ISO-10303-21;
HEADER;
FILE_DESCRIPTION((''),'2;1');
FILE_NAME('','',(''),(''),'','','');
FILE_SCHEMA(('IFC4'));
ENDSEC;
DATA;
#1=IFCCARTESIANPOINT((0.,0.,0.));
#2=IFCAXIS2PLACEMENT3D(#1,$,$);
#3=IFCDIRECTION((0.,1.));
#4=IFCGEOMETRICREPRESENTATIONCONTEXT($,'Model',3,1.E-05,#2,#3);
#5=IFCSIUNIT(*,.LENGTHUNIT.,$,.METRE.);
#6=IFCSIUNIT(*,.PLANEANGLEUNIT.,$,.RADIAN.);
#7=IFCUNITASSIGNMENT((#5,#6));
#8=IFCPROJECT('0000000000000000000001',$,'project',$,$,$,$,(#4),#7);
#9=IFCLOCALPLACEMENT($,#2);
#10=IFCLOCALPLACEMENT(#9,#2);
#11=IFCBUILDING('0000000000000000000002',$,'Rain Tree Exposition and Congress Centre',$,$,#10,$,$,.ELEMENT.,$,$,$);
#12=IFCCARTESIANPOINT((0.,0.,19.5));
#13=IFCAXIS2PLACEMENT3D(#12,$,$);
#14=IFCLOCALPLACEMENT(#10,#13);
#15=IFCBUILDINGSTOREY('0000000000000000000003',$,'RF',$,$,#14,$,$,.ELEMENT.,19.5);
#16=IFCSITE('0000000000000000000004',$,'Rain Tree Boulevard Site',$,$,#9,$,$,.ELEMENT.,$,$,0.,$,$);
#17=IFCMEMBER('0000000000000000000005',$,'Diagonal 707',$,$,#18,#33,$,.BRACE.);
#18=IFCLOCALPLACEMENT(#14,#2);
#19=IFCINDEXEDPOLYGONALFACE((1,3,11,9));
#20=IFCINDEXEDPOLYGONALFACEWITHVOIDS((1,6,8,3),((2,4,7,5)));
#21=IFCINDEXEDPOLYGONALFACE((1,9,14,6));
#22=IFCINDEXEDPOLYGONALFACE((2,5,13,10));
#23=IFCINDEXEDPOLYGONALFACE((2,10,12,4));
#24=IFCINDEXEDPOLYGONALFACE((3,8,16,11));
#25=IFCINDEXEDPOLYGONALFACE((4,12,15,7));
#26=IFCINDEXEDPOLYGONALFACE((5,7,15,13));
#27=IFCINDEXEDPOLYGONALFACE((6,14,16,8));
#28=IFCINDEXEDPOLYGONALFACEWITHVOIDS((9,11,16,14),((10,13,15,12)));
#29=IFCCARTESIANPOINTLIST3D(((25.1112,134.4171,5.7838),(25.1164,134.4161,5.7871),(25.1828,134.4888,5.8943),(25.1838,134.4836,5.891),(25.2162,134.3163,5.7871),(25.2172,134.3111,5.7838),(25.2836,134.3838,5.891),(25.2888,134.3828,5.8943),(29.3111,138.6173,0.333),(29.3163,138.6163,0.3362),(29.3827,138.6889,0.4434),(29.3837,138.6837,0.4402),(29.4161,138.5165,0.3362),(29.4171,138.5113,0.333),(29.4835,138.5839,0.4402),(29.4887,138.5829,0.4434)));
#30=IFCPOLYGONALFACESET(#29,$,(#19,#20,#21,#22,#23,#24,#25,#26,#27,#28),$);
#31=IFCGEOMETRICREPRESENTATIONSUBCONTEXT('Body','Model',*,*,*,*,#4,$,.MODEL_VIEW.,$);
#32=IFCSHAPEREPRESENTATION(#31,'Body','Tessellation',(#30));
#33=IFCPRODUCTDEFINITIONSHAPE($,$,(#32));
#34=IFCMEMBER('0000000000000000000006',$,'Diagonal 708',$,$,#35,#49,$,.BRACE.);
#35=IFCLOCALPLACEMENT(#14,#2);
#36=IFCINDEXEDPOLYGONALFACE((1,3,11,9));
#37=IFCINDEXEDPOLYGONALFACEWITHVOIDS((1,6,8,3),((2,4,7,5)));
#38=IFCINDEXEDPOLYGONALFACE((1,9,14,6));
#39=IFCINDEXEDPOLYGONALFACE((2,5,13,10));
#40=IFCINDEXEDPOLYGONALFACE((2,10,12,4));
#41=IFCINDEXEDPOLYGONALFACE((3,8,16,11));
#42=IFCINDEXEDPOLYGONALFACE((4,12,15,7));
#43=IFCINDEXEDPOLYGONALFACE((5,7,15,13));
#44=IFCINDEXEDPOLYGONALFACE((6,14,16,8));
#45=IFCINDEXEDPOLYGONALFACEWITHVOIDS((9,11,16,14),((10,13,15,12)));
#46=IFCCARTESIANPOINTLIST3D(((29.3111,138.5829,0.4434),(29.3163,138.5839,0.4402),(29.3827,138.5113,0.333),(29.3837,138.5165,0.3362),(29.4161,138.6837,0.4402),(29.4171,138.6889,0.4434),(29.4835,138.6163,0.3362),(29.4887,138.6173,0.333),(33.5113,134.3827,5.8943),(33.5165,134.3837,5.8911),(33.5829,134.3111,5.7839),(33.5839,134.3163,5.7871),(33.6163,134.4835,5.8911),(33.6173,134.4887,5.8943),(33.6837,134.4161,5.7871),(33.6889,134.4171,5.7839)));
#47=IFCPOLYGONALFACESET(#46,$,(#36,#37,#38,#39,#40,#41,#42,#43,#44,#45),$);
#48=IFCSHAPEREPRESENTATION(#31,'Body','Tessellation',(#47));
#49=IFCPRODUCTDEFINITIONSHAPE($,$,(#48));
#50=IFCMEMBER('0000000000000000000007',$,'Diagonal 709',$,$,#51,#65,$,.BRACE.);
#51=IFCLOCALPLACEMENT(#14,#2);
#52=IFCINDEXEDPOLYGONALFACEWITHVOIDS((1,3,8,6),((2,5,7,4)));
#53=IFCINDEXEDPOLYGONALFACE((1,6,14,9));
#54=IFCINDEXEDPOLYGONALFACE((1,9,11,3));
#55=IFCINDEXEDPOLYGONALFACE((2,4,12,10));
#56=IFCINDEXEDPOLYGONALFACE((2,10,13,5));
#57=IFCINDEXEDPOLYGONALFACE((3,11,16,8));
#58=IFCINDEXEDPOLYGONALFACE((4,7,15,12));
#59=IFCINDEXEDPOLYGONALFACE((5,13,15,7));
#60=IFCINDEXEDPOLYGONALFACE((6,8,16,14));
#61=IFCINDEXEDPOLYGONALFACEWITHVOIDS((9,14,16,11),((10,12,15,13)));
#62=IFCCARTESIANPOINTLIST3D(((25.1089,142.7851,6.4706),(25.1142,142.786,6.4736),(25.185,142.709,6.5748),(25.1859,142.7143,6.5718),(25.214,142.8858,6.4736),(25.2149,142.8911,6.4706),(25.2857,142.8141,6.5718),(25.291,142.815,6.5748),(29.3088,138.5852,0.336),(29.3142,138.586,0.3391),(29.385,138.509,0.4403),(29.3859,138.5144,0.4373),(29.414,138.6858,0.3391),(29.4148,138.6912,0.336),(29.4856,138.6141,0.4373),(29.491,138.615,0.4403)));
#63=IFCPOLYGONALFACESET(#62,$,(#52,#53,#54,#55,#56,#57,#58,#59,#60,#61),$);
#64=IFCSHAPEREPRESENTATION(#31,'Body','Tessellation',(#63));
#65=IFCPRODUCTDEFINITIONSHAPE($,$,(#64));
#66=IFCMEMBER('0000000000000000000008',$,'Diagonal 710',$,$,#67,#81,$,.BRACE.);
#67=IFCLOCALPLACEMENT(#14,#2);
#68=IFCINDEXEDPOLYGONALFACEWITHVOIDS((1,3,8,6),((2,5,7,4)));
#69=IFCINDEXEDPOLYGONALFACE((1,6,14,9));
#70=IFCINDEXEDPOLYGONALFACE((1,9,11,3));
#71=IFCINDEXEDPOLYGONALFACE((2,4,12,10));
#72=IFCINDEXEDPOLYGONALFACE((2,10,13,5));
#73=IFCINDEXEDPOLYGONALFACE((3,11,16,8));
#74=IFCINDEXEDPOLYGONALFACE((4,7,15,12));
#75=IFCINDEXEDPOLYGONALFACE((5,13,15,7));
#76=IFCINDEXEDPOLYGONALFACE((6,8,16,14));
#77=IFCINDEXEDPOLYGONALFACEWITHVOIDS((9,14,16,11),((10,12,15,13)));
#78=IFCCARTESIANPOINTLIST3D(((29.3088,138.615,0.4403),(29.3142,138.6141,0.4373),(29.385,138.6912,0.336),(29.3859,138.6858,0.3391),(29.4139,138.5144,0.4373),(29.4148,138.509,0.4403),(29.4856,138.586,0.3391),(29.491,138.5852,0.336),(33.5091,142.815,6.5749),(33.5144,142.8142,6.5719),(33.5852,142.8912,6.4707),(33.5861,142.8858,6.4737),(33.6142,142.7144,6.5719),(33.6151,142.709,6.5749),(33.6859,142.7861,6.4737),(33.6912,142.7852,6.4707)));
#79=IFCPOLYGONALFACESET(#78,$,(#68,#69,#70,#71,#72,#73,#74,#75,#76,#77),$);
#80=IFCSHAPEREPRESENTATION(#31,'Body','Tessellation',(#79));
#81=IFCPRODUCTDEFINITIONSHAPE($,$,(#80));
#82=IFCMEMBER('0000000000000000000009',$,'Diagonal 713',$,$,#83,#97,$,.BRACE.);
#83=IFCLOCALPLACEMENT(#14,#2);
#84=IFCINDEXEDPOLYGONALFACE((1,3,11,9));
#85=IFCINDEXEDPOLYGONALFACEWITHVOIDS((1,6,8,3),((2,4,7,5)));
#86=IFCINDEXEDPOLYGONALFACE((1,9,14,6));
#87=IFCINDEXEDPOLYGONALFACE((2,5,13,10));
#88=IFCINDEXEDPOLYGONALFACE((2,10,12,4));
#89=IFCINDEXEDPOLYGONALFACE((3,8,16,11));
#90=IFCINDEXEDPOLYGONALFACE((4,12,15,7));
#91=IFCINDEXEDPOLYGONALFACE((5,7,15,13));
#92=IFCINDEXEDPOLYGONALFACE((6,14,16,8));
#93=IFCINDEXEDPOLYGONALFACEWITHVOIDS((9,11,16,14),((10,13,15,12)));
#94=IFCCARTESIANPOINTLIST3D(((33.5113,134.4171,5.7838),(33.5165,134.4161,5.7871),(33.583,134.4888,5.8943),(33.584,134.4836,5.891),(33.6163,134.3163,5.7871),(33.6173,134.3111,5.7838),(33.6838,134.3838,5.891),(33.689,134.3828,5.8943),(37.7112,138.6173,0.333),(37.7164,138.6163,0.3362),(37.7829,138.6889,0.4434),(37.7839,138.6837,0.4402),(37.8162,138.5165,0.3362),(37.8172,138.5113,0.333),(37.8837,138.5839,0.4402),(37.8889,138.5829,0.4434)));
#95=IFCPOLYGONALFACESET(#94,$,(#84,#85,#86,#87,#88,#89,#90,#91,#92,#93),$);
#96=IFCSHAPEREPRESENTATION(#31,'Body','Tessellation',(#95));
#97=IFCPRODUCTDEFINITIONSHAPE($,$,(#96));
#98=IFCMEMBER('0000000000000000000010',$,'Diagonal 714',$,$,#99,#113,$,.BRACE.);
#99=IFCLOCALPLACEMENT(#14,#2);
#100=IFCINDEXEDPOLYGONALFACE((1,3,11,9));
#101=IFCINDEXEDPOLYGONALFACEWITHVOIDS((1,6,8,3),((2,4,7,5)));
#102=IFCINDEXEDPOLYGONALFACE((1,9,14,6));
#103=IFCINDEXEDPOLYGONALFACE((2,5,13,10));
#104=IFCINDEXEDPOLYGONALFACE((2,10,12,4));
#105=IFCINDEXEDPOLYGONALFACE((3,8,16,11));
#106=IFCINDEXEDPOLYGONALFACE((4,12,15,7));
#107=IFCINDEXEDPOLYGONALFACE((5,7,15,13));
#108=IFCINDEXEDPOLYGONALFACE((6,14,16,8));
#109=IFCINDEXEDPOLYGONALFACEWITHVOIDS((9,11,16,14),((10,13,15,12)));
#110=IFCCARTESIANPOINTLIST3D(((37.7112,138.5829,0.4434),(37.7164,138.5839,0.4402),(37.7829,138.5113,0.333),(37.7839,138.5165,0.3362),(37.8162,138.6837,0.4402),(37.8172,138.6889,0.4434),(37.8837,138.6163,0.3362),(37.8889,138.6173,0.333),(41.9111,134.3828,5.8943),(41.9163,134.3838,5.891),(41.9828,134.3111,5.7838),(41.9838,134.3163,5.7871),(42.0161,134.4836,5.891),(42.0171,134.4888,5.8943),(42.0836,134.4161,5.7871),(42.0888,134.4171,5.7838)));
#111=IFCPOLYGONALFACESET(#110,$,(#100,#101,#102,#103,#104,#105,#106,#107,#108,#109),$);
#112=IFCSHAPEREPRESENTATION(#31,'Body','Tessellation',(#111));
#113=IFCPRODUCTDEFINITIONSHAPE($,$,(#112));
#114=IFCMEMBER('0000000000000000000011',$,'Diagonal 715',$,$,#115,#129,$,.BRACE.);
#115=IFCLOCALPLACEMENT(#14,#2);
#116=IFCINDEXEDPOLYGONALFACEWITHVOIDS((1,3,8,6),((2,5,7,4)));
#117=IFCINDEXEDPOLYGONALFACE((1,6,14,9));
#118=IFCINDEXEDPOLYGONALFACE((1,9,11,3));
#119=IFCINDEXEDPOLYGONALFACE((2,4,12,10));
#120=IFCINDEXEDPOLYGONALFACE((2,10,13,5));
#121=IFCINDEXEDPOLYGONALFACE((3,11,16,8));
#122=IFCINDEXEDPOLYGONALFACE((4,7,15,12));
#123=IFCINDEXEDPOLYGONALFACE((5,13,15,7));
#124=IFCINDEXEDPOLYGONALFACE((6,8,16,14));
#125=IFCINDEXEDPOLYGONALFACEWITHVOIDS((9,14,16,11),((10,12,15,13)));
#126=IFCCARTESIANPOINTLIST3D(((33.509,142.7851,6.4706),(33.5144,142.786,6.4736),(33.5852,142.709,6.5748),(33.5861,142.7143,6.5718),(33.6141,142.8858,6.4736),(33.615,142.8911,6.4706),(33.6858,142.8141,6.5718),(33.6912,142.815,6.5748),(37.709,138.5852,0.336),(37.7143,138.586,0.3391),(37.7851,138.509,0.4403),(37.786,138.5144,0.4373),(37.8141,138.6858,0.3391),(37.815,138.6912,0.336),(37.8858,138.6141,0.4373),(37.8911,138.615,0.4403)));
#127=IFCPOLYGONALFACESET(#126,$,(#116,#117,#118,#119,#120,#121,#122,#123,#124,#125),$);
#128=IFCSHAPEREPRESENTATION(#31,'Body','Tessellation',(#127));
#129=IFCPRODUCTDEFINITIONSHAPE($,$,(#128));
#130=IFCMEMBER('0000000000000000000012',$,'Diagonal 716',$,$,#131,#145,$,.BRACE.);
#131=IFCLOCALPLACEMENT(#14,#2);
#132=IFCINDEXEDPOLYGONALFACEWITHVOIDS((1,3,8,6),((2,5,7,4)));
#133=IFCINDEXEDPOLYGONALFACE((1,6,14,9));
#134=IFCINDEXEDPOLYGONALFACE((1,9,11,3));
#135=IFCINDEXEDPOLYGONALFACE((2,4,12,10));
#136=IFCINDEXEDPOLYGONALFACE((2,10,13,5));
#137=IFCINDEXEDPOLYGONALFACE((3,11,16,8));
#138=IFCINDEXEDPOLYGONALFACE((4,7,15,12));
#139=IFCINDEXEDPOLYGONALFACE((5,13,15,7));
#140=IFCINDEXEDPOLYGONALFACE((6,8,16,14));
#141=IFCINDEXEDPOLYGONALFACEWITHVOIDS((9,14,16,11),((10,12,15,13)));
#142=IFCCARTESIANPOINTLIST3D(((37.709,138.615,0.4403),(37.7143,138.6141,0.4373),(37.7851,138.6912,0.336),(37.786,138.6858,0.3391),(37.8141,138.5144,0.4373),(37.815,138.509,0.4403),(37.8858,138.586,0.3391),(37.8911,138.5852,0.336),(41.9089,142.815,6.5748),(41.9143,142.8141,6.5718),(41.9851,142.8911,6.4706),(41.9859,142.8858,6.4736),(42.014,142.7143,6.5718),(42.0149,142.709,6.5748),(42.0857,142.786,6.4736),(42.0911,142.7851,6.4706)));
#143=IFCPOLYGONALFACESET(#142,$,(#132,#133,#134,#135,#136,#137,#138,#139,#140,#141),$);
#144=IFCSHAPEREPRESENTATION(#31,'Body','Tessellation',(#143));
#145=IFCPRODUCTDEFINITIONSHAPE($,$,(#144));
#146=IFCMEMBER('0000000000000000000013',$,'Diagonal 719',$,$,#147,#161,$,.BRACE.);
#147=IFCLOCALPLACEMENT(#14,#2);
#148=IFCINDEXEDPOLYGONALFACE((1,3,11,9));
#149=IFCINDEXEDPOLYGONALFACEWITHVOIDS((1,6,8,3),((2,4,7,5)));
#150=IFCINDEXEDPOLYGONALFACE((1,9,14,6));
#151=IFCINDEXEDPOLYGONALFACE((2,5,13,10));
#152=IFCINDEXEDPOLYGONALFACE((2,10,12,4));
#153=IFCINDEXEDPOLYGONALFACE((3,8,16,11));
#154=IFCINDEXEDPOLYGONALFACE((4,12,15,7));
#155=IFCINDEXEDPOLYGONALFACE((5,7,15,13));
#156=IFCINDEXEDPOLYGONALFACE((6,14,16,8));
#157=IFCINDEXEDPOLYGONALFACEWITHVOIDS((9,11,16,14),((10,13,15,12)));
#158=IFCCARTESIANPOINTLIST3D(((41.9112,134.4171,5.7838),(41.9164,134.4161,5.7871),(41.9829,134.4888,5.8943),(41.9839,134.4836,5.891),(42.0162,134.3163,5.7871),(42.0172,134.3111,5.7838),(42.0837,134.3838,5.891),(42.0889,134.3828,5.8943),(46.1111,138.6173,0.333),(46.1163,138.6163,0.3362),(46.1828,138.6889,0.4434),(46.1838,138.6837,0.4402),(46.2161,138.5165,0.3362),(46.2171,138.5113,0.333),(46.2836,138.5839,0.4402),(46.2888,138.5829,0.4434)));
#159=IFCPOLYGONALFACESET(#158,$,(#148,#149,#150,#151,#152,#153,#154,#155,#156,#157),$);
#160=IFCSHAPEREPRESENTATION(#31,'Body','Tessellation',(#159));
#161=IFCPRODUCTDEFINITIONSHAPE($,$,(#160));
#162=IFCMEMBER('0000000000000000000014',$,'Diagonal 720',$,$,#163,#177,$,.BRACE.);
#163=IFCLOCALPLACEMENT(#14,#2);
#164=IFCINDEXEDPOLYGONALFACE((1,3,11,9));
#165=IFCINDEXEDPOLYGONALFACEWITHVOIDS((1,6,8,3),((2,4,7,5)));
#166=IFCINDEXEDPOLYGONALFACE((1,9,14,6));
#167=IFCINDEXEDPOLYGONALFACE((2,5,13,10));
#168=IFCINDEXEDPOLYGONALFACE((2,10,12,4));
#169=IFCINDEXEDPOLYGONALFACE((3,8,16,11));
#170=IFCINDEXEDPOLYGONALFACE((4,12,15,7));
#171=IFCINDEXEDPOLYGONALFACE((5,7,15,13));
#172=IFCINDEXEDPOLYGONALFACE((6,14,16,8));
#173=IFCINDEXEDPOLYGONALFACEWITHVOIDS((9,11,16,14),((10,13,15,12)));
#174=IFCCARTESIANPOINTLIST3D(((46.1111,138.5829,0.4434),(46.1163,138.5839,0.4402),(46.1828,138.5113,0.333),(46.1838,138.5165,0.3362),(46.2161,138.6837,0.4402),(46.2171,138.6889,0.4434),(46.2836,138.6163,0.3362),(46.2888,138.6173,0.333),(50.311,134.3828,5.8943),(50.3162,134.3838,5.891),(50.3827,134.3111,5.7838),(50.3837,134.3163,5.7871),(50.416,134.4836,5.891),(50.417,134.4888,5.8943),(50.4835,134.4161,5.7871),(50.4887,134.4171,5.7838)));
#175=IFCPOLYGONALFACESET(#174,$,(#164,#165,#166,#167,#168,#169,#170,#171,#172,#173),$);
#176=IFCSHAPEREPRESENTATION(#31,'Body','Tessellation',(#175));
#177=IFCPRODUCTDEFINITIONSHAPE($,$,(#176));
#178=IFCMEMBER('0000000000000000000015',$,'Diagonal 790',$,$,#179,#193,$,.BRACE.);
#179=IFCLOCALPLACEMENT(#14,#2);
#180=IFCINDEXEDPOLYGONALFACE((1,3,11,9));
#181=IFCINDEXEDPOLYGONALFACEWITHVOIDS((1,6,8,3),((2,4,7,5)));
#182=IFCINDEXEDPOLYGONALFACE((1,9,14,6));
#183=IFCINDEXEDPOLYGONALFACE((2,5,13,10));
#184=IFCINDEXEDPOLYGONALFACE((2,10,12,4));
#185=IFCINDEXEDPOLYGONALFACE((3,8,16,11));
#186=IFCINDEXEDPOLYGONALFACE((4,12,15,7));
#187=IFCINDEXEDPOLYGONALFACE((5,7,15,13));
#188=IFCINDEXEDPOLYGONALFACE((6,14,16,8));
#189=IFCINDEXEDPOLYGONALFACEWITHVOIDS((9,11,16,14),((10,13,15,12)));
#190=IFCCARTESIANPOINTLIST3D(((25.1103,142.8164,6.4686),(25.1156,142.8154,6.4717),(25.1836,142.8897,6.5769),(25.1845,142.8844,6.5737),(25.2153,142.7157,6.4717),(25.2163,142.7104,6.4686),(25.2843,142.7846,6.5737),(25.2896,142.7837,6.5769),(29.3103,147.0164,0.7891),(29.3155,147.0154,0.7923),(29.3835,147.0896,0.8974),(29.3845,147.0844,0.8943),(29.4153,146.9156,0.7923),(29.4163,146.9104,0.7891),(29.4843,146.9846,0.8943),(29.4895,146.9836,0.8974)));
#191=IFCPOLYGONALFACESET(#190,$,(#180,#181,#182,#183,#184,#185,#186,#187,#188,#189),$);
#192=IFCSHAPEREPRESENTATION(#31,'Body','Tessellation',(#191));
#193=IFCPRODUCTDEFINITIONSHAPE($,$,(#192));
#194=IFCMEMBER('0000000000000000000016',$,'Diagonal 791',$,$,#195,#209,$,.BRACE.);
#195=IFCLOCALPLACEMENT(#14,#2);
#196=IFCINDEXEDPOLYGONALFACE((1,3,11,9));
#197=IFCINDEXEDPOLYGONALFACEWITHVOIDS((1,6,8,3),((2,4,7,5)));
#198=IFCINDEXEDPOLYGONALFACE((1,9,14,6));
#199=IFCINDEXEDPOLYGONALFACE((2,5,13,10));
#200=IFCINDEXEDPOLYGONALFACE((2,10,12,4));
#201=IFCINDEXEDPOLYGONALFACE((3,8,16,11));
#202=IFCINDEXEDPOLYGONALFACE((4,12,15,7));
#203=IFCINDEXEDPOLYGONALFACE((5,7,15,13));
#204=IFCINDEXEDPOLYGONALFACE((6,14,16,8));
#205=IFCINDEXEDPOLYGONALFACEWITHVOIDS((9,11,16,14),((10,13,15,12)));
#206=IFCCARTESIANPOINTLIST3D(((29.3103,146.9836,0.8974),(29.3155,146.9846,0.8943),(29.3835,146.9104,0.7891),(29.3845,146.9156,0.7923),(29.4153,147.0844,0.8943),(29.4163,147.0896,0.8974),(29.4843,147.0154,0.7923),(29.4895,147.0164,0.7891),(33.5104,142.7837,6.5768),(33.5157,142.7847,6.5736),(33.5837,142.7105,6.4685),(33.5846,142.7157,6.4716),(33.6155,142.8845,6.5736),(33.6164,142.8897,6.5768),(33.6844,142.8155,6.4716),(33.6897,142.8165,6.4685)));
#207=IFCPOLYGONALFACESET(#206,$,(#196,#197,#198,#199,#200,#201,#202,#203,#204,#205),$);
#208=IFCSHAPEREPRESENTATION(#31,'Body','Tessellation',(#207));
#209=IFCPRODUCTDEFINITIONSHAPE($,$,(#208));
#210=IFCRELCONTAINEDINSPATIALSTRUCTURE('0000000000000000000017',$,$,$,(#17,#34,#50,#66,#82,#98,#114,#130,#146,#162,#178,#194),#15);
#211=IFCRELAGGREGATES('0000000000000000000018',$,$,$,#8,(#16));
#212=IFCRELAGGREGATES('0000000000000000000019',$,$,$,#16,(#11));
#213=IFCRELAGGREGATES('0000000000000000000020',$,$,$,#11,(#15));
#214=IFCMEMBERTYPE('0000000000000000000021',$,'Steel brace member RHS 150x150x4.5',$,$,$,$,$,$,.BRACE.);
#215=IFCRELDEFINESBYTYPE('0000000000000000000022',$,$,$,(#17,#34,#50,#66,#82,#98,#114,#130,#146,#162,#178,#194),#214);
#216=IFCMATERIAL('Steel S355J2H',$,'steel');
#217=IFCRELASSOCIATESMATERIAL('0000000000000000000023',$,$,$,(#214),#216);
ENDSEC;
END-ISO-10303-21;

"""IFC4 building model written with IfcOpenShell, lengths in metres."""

from ifc_helpers import new_model, si_unit, direction, frame, origin, origin_2d, place, context, subcontext, project, spatial, hollow_rectangle, extrude, material, material_profile, profile_set, type_object, element, save


model = new_model("IFC4")

# Units and contexts
model_context = context("Model", 3, precision=1e-05, world=origin(), true_north=direction((0.0, 1.0)))
body_context = subcontext(model_context, "Body", "Model", "MODEL_VIEW")
ifc_project = project(units=[si_unit("LENGTHUNIT", "METRE"), si_unit("PLANEANGLEUNIT", "RADIAN")], contexts=[model_context])

# Site, building, storey
site_placement = place(None, origin())
site = spatial("IfcSite", under=ifc_project, at=site_placement, Name="Rain Tree Boulevard Site", CompositionType="ELEMENT", RefElevation=0.0)
building_placement = place(site_placement, origin())
building = spatial("IfcBuilding", under=site, at=building_placement, Name="Rain Tree Exposition and Congress Centre", CompositionType="ELEMENT")
storey_placement = place(building_placement, frame((0.0, 0.0, 19.5)))
storey = spatial("IfcBuildingStorey", under=building, at=storey_placement, Name="RF", CompositionType="ELEMENT", Elevation=19.5)

# Members
ifc_material_1 = material(Name="Steel S355J2H", Category="steel")
ifc_material_profile_1 = material_profile(ifc_material_1, hollow_rectangle(XDim=0.1499, YDim=0.1499, WallThickness=0.0044, at=origin_2d()), Name="RHS 150x150x4.5")
ifc_profile_set_1 = profile_set([ifc_material_profile_1], Name="Steel S355J2H")
member_type_1 = type_object("IfcMemberType", Name="Steel brace member RHS 150x150x4.5", PredefinedType="BRACE", material=ifc_profile_set_1)
member_1_placement = place(storey_placement, frame((29.3999, 138.6001, 0.3882), z_axis=(-0.520965, -0.520995, 0.676136), x_axis=(0.707127, -0.707086, 0.0)))
element("IfcMember", 1, at=member_1_placement, inside=storey, type_object=member_type_1, Name="Diagonal 707", PredefinedType="BRACE", context=body_context, shape_type="SweptSolid", body=[
    extrude(hollow_rectangle(XDim=0.1499, YDim=0.1499, WallThickness=0.0044, at=origin_2d()), origin(), (0.0, 0.0, 1.0), 8.0618),
])
member_2_placement = place(storey_placement, frame((29.3999, 138.6001, 0.3882), z_axis=(0.520987, -0.520987, 0.676126), x_axis=(0.707107, 0.707107, 0.0)))
element("IfcMember", 2, at=member_2_placement, inside=storey, type_object=member_type_1, Name="Diagonal 708", PredefinedType="BRACE", context=body_context, shape_type="SweptSolid", body=[
    extrude(hollow_rectangle(XDim=0.1499, YDim=0.1499, WallThickness=0.0044, at=origin_2d()), origin(), (0.0, 0.0, 1.0), 8.062),
])
member_3_placement = place(storey_placement, frame((29.3999, 138.6001, 0.3882), z_axis=(-0.491865, 0.491865, 0.718427), x_axis=(-0.707107, -0.707107, 0.0)))
element("IfcMember", 3, at=member_3_placement, inside=storey, type_object=member_type_1, Name="Diagonal 709", PredefinedType="BRACE", context=body_context, shape_type="SweptSolid", body=[
    extrude(hollow_rectangle(XDim=0.1499, YDim=0.1499, WallThickness=0.0044, at=origin_2d()), origin(), (0.0, 0.0, 1.0), 8.5388),
])
member_4_placement = place(storey_placement, frame((29.3999, 138.6001, 0.3882), z_axis=(0.491887, 0.491858, 0.718417), x_axis=(-0.707086, 0.707127, 0.0)))
element("IfcMember", 4, at=member_4_placement, inside=storey, type_object=member_type_1, Name="Diagonal 710", PredefinedType="BRACE", context=body_context, shape_type="SweptSolid", body=[
    extrude(hollow_rectangle(XDim=0.1499, YDim=0.1499, WallThickness=0.0044, at=origin_2d()), origin(), (0.0, 0.0, 1.0), 8.5391),
])
for number, where, z_axis, x_axis, name in (
    (5, (37.8, 138.6001, 0.3882), (-0.520965, -0.520995, 0.676136), (0.707127, -0.707086, 0.0), "Diagonal 713"),
    (6, (37.8, 138.6001, 0.3882), (0.520965, -0.520995, 0.676136), (0.707127, 0.707086, 0.0), "Diagonal 714"),
):
    element("IfcMember", number, at=place(storey_placement, frame(where, z_axis=z_axis, x_axis=x_axis)), inside=storey, type_object=member_type_1, Name=name, PredefinedType="BRACE", context=body_context, shape_type="SweptSolid", body=[
        extrude(hollow_rectangle(XDim=0.1499, YDim=0.1499, WallThickness=0.0044, at=origin_2d()), origin(), (0.0, 0.0, 1.0), 8.0618),
    ])
for number, where, z_axis, x_axis, name in (
    (7, (37.8, 138.6001, 0.3882), (-0.491865, 0.491865, 0.718427), (-0.707107, -0.707107, 0.0), "Diagonal 715"),
    (8, (37.8, 138.6001, 0.3882), (0.491865, 0.491865, 0.718427), (-0.707107, 0.707107, 0.0), "Diagonal 716"),
):
    element("IfcMember", number, at=place(storey_placement, frame(where, z_axis=z_axis, x_axis=x_axis)), inside=storey, type_object=member_type_1, Name=name, PredefinedType="BRACE", context=body_context, shape_type="SweptSolid", body=[
        extrude(hollow_rectangle(XDim=0.1499, YDim=0.1499, WallThickness=0.0044, at=origin_2d()), origin(), (0.0, 0.0, 1.0), 8.5388),
    ])
for number, where, z_axis, x_axis, name in (
    (9, (46.2, 138.6001, 0.3882), (-0.520965, -0.520995, 0.676136), (0.707127, -0.707086, 0.0), "Diagonal 719"),
    (10, (46.2, 138.6001, 0.3882), (0.520965, -0.520995, 0.676136), (0.707127, 0.707086, 0.0), "Diagonal 720"),
):
    element("IfcMember", number, at=place(storey_placement, frame(where, z_axis=z_axis, x_axis=x_axis)), inside=storey, type_object=member_type_1, Name=name, PredefinedType="BRACE", context=body_context, shape_type="SweptSolid", body=[
        extrude(hollow_rectangle(XDim=0.1499, YDim=0.1499, WallThickness=0.0044, at=origin_2d()), origin(), (0.0, 0.0, 1.0), 8.0618),
    ])
for number, where, z_axis, x_axis, name in (
    (11, (29.3999, 147.0, 0.8433), (-0.511068, -0.511068, 0.691099), (0.707107, -0.707107, 0.0), "Diagonal 790"),
    (12, (29.3999, 147.0, 0.8433), (0.51109, -0.511061, 0.691089), (0.707086, 0.707127, 0.0), "Diagonal 791"),
):
    element("IfcMember", number, at=place(storey_placement, frame(where, z_axis=z_axis, x_axis=x_axis)), inside=storey, type_object=member_type_1, Name=name, PredefinedType="BRACE", context=body_context, shape_type="SweptSolid", body=[
        extrude(hollow_rectangle(XDim=0.1499, YDim=0.1499, WallThickness=0.0044, at=origin_2d()), origin(), (0.0, 0.0, 1.0), 8.218),
    ])

save(model, "model.ifc")
